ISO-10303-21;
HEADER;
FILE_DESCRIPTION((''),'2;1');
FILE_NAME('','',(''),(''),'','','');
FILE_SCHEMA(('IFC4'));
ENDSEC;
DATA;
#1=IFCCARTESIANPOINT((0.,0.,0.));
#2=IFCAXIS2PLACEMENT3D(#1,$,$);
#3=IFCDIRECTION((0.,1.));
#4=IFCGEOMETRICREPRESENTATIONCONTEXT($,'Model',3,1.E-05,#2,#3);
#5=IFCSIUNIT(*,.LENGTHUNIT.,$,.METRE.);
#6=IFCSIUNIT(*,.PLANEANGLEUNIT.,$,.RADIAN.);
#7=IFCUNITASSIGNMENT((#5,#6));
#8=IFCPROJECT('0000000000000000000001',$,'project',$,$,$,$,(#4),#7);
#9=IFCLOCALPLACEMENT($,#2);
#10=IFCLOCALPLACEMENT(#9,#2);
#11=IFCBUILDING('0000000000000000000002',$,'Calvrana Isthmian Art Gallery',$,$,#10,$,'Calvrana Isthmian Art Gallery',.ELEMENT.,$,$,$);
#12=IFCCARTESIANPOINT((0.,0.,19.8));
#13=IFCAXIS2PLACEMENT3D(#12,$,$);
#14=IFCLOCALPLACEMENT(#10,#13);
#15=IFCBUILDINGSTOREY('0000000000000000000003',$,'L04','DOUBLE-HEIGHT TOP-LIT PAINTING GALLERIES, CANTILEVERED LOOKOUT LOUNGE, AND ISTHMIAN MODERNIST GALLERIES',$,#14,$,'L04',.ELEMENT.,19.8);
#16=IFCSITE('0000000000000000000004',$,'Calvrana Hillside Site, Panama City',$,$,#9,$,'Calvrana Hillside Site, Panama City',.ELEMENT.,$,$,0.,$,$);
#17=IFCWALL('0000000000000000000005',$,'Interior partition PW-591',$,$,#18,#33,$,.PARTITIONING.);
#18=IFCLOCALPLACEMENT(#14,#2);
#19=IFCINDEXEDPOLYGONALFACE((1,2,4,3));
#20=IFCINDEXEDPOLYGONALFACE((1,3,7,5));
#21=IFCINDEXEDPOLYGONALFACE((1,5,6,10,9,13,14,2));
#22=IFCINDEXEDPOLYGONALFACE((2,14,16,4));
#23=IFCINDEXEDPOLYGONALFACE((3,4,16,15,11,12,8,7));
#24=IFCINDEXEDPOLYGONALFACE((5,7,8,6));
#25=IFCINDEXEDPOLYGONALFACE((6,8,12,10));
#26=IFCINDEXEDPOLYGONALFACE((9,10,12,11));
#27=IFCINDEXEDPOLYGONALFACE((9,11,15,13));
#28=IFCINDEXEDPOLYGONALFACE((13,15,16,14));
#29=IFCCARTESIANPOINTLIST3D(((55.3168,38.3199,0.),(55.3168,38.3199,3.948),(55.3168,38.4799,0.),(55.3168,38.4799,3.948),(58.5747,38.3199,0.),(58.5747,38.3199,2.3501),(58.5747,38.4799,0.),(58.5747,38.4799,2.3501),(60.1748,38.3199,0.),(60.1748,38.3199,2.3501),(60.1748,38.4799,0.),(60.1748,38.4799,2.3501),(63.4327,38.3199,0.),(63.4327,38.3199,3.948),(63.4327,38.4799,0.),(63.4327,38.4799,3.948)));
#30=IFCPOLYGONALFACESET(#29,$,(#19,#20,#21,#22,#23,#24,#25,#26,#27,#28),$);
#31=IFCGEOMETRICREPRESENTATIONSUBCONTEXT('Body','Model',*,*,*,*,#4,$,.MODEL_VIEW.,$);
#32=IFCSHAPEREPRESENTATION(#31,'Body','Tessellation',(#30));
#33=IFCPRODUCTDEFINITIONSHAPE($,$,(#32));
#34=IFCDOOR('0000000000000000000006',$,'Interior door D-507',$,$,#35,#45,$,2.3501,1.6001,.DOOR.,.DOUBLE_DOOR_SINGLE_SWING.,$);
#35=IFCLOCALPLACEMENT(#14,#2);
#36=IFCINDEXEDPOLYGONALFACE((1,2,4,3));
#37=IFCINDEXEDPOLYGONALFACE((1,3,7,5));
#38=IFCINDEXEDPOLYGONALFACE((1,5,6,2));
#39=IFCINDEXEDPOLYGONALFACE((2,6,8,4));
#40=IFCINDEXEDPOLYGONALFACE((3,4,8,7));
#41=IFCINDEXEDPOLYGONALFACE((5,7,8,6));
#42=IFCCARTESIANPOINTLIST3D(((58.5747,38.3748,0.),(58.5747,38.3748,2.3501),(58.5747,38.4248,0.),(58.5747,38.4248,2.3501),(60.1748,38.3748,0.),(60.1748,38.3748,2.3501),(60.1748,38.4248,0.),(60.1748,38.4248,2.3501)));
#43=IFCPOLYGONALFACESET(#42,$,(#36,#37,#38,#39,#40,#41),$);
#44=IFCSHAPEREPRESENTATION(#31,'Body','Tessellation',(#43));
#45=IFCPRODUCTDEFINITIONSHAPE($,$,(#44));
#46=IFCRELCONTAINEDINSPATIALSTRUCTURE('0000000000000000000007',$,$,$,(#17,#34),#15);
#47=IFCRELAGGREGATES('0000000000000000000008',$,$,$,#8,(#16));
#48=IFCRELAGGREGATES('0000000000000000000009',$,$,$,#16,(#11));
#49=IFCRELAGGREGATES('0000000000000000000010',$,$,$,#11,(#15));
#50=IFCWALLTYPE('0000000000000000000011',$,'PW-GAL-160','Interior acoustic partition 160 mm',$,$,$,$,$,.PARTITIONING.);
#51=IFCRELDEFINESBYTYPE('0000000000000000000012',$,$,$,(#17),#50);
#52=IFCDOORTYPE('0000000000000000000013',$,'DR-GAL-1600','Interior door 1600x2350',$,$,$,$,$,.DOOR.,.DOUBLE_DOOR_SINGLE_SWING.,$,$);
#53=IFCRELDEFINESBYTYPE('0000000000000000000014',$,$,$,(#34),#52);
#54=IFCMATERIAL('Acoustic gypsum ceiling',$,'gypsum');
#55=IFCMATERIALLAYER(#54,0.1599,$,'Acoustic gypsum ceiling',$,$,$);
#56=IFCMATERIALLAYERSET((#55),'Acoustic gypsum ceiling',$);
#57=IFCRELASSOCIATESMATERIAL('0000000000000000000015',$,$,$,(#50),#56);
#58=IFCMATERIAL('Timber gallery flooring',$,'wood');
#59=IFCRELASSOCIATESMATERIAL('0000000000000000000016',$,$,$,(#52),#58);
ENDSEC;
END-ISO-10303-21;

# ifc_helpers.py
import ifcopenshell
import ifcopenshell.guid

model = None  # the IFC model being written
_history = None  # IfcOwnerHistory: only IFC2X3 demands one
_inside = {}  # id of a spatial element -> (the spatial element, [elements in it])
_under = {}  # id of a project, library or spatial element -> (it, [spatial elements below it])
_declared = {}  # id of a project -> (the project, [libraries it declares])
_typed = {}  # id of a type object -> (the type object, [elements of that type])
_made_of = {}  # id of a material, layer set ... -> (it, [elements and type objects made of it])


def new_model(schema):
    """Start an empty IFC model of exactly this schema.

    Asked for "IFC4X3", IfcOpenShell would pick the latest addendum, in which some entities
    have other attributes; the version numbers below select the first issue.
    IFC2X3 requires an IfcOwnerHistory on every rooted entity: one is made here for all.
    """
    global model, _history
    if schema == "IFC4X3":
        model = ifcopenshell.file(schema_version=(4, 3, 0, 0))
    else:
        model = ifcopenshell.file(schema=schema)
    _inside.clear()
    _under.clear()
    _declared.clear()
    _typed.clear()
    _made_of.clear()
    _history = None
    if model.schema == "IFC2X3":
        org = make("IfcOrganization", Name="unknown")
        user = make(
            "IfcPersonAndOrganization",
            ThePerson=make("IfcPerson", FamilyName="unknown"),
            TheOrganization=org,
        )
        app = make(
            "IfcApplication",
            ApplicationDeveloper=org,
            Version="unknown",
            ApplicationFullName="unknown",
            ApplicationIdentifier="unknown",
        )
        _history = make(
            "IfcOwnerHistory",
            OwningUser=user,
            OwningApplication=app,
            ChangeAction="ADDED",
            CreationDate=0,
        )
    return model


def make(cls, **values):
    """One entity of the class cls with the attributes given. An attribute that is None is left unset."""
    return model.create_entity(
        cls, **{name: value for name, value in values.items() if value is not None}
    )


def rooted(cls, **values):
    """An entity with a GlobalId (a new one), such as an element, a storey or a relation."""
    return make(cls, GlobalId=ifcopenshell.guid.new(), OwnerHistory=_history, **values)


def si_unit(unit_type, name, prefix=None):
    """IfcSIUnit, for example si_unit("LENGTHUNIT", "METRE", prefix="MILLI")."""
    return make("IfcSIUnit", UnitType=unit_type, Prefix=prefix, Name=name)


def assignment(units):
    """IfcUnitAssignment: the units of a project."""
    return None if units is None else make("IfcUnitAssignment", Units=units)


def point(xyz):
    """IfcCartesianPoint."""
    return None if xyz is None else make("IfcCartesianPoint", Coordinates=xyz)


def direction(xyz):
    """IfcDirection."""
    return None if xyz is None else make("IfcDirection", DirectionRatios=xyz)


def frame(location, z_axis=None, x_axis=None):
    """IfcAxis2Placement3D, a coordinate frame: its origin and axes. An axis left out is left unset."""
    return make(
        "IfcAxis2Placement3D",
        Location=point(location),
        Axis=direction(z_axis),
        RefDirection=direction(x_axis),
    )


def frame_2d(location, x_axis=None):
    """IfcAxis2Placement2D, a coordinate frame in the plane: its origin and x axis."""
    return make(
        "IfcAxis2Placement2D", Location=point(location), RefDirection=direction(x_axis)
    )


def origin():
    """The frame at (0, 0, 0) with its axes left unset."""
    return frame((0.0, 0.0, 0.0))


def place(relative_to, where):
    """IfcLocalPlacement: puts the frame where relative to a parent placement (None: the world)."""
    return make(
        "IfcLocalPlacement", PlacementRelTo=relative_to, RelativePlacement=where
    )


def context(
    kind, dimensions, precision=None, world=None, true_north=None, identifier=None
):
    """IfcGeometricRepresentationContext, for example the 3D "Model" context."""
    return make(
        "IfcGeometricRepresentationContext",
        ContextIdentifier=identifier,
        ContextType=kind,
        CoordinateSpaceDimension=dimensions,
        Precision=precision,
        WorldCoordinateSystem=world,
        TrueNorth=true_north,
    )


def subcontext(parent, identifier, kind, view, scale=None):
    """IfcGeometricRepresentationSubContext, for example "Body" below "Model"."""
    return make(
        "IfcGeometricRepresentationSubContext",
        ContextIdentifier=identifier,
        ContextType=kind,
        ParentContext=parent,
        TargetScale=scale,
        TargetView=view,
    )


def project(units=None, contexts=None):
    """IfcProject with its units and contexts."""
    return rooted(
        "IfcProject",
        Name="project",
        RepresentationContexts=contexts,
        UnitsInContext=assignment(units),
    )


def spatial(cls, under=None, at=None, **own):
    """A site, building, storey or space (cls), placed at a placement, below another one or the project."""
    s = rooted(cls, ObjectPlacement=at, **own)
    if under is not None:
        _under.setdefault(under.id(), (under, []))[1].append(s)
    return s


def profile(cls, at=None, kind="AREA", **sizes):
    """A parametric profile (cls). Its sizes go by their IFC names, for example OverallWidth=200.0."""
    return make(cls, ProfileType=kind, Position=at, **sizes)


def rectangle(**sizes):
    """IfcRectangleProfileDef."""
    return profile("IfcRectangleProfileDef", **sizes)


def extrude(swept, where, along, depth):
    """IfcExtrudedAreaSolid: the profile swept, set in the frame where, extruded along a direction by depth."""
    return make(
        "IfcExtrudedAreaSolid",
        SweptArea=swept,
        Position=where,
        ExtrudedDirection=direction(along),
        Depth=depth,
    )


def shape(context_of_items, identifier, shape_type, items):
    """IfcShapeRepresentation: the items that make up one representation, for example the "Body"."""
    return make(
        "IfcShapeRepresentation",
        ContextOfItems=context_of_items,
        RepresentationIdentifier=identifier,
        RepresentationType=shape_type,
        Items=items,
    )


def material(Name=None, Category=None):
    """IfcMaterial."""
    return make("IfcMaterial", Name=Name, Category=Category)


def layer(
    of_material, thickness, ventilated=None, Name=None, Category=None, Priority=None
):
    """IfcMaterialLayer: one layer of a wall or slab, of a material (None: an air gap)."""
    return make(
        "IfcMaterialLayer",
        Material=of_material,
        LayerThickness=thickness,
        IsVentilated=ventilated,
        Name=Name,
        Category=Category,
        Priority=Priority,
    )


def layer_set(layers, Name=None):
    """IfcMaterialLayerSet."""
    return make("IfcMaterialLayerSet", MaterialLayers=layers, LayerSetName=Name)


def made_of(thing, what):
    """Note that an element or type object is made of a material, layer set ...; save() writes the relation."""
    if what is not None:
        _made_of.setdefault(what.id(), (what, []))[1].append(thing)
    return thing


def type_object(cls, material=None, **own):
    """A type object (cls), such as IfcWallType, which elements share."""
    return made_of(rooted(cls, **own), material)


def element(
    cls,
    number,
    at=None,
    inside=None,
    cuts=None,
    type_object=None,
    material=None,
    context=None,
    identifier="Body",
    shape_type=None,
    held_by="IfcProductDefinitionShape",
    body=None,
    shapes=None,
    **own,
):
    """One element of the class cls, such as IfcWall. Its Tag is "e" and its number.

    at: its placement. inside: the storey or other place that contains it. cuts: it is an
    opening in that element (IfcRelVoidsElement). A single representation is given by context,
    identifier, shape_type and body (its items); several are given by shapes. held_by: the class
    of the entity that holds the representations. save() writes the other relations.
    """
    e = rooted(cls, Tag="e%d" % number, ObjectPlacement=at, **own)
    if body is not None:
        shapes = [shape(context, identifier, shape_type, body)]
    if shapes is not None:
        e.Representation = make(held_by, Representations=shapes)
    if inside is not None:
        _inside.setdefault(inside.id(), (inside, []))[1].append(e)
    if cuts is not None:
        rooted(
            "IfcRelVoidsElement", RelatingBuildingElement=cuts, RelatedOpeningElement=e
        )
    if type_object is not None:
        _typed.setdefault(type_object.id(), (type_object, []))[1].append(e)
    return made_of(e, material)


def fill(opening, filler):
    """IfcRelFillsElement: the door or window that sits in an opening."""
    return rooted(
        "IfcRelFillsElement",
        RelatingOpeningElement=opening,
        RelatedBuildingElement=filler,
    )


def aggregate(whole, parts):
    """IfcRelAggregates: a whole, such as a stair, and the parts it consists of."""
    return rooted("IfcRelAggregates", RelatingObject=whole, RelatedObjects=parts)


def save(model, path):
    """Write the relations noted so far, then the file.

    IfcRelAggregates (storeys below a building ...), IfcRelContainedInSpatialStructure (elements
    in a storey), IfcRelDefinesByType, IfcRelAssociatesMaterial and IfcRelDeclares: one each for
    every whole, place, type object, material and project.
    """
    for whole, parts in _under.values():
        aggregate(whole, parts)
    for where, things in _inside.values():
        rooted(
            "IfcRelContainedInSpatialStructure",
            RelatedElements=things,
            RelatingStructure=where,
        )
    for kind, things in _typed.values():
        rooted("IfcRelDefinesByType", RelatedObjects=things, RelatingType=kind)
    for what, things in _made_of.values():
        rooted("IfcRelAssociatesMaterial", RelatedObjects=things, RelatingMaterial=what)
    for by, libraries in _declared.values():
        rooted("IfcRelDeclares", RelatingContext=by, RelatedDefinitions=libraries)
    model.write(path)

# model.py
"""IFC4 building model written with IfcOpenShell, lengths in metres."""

from ifc_helpers import new_model, si_unit, direction, frame, frame_2d, origin, place, context, subcontext, project, spatial, rectangle, extrude, material, layer, layer_set, type_object, element, fill, save


model = new_model("IFC4")

# Units and contexts
model_context = context("Model", 3, precision=1e-05, world=origin(), true_north=direction((0.0, 1.0)))
body_context = subcontext(model_context, "Body", "Model", "MODEL_VIEW")
ifc_project = project(units=[si_unit("LENGTHUNIT", "METRE"), si_unit("PLANEANGLEUNIT", "RADIAN")], contexts=[model_context])

# Site, building, storey
site_placement = place(None, origin())
site = spatial("IfcSite", under=ifc_project, at=site_placement, Name="Calvrana Hillside Site, Panama City", LongName="Calvrana Hillside Site, Panama City", CompositionType="ELEMENT", RefElevation=0.0)
building_placement = place(site_placement, origin())
building = spatial("IfcBuilding", under=site, at=building_placement, Name="Calvrana Isthmian Art Gallery", LongName="Calvrana Isthmian Art Gallery", CompositionType="ELEMENT")
storey_placement = place(building_placement, frame((0.0, 0.0, 19.8)))
storey = spatial("IfcBuildingStorey", under=building, at=storey_placement, Name="L04", Description="DOUBLE-HEIGHT TOP-LIT PAINTING GALLERIES, CANTILEVERED LOOKOUT LOUNGE, AND ISTHMIAN MODERNIST GALLERIES", LongName="L04", CompositionType="ELEMENT", Elevation=19.8)

# Shared definitions
ifc_material_1 = material(Name="Acoustic gypsum ceiling", Category="gypsum")

# Shared definitions
ifc_layer_1 = layer(ifc_material_1, 0.1599, Name="Acoustic gypsum ceiling")
ifc_layer_set_1 = layer_set([ifc_layer_1], Name="Acoustic gypsum ceiling")
wall_type_1 = type_object("IfcWallType", Name="PW-GAL-160", Description="Interior acoustic partition 160 mm", PredefinedType="PARTITIONING", material=ifc_layer_set_1)
ifc_material_2 = material(Name="Timber gallery flooring", Category="wood")

# Wall, opening, door
wall_1_placement = place(storey_placement, frame((55.3167, 38.3999, 0.0), z_axis=(0.0, 0.0, 1.0), x_axis=(1.0, 0.0, 0.0)))
wall_1 = element("IfcWall", 1, at=wall_1_placement, inside=storey, type_object=wall_type_1, Name="Interior partition PW-591", PredefinedType="PARTITIONING", context=body_context, shape_type="SweptSolid", body=[
    extrude(rectangle(XDim=8.116, YDim=0.1599, at=frame_2d((4.0581, 0.0))), origin(), (0.0, 0.0, 1.0), 3.948),
])
opening_1_placement = place(wall_1_placement, frame((3.2581, 0.0, 0.0)))
opening_1 = element("IfcOpeningElement", 2, at=opening_1_placement, cuts=wall_1, PredefinedType="OPENING", context=body_context, shape_type="SweptSolid", body=[
    extrude(rectangle(XDim=1.6001, YDim=2.3501, at=frame_2d((0.8, 1.175))), frame((0.0, 0.0903, 0.0), z_axis=(0.0, -1.0, 0.0), x_axis=(1.0, 0.0, 0.0)), (0.0, 0.0, 1.0), 0.1804),
])
door_type_1 = type_object("IfcDoorType", Name="DR-GAL-1600", Description="Interior door 1600x2350", OperationType="DOUBLE_DOOR_SINGLE_SWING", PredefinedType="DOOR", material=ifc_material_2)
door_1_placement = place(opening_1_placement, origin())
door_1 = element("IfcDoor", 3, at=door_1_placement, inside=storey, type_object=door_type_1, Name="Interior door D-507", OperationType="DOUBLE_DOOR_SINGLE_SWING", OverallHeight=2.3501, OverallWidth=1.6001, PredefinedType="DOOR", context=body_context, shape_type="SweptSolid", body=[
    extrude(rectangle(XDim=1.6001, YDim=2.3501, at=frame_2d((0.8, 1.175))), frame((0.0, 0.0249, 0.0), z_axis=(0.0, -1.0, 0.0), x_axis=(1.0, 0.0, 0.0)), (0.0, 0.0, 1.0), 0.05),
])
fill(opening_1, door_1)

save(model, "model.ifc")
